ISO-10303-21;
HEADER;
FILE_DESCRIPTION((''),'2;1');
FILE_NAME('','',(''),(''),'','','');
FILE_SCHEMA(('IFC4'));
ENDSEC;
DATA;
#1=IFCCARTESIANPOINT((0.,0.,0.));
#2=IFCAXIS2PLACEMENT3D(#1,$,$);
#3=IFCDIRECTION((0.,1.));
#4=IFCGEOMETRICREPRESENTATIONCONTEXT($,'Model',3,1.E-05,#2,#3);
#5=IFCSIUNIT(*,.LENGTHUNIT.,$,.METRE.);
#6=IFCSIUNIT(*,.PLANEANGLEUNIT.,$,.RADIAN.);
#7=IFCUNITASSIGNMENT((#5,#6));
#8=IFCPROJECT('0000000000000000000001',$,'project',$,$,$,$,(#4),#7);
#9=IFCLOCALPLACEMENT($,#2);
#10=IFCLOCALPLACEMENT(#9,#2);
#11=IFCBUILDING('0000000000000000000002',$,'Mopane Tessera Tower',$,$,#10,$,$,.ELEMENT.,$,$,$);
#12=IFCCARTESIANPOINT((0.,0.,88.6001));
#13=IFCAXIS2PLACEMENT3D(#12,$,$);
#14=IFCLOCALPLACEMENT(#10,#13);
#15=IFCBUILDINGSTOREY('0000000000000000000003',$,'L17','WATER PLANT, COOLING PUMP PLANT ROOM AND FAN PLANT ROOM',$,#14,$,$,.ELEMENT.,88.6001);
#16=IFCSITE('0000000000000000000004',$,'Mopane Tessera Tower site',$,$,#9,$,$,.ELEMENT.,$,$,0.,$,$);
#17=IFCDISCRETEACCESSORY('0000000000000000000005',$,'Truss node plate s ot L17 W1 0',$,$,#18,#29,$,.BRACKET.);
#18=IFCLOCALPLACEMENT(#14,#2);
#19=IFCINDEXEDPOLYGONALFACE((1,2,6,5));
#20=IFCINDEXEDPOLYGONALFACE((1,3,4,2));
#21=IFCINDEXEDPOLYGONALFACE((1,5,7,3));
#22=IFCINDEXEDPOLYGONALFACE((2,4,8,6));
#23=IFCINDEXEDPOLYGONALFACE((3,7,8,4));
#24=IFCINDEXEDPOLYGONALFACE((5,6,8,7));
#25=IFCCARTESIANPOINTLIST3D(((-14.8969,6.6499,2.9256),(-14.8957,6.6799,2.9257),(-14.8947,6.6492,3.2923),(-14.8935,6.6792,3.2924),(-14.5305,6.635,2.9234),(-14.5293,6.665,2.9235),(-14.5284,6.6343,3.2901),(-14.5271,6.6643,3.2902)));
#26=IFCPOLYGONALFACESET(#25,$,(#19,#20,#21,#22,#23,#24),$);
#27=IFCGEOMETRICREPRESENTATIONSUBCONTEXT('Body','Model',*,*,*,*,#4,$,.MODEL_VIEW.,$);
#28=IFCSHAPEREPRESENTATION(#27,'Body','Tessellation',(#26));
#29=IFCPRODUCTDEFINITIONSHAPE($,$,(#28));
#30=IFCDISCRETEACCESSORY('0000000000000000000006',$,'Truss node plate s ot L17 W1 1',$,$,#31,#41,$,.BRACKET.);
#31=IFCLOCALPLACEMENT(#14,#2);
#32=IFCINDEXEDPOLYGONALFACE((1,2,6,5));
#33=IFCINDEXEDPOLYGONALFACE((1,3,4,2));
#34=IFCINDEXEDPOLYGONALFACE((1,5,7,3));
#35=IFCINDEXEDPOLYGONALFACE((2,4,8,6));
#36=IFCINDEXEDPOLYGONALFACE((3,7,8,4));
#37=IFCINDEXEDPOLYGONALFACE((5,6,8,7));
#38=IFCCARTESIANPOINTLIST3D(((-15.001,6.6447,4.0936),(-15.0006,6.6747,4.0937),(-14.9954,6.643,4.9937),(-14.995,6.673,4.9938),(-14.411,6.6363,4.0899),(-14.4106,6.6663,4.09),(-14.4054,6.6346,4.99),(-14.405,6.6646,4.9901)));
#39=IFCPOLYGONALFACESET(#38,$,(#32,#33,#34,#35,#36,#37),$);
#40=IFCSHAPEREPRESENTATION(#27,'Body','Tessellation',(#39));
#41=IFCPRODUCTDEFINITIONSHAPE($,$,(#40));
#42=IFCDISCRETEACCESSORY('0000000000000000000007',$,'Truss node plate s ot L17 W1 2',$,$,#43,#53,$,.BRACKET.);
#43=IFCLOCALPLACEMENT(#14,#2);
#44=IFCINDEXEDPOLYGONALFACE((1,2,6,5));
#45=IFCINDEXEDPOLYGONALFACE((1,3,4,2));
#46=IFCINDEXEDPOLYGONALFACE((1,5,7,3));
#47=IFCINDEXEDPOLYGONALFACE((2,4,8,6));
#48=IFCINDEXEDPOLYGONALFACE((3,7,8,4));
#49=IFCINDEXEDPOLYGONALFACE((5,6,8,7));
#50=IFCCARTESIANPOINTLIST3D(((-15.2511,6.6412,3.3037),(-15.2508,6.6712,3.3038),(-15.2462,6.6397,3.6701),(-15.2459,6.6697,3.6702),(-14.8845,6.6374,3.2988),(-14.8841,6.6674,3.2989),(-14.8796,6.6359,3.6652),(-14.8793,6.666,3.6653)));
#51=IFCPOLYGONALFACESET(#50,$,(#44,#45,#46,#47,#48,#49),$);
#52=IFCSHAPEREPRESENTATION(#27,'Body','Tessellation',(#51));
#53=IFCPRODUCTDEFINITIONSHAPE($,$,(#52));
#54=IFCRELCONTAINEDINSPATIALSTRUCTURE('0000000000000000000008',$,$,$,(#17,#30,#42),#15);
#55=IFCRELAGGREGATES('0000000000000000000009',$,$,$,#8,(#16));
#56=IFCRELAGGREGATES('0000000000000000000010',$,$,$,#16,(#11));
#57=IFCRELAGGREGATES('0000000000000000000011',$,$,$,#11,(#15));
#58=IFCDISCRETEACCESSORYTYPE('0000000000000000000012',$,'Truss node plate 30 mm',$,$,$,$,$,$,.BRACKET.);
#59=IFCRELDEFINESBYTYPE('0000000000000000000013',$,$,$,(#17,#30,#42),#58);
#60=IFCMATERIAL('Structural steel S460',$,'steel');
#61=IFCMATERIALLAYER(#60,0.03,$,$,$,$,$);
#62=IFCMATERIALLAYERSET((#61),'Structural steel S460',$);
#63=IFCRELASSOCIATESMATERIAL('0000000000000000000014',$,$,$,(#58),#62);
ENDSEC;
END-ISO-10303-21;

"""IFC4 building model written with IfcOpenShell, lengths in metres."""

from ifc_helpers import new_model, si_unit, direction, frame, origin, origin_2d, place, context, subcontext, project, spatial, rectangle, extrude, material, layer, layer_set, type_object, element, save


model = new_model("IFC4")

# Units and contexts
model_context = context("Model", 3, precision=1e-05, world=origin(), true_north=direction((0.0, 1.0)))
body_context = subcontext(model_context, "Body", "Model", "MODEL_VIEW")
ifc_project = project(units=[si_unit("LENGTHUNIT", "METRE"), si_unit("PLANEANGLEUNIT", "RADIAN")], contexts=[model_context])

# Site, building, storey
site_placement = place(None, origin())
site = spatial("IfcSite", under=ifc_project, at=site_placement, Name="Mopane Tessera Tower site", CompositionType="ELEMENT", RefElevation=0.0)
building_placement = place(site_placement, origin())
building = spatial("IfcBuilding", under=site, at=building_placement, Name="Mopane Tessera Tower", CompositionType="ELEMENT")
storey_placement = place(building_placement, frame((0.0, 0.0, 88.6001)))
storey = spatial("IfcBuildingStorey", under=building, at=storey_placement, Name="L17", Description="WATER PLANT, COOLING PUMP PLANT ROOM AND FAN PLANT ROOM", CompositionType="ELEMENT", Elevation=88.6001)

# Discrete accessories
ifc_material_1 = material(Name="Structural steel S460", Category="steel")
ifc_layer_1 = layer(ifc_material_1, 0.03)
ifc_layer_set_1 = layer_set([ifc_layer_1], Name="Structural steel S460")
discrete_accessory_type_1 = type_object("IfcDiscreteAccessoryType", Name="Truss node plate 30 mm", PredefinedType="BRACKET", material=ifc_layer_set_1)
discrete_accessory_1_placement = place(storey_placement, frame((-14.7131, 6.6575, 2.9246), z_axis=(0.005992, -0.001997, 0.99998), x_axis=(-0.040582, -0.999175, -0.001753)))
element("IfcDiscreteAccessory", 1, at=discrete_accessory_1_placement, inside=storey, type_object=discrete_accessory_type_1, Name="Truss node plate s ot L17 W1 0", PredefinedType="BRACKET", context=body_context, shape_type="SweptSolid", body=[
    extrude(rectangle(XDim=0.03, YDim=0.3667, at=origin_2d()), origin(), (0.0, 0.0, 1.0), 0.3667),
])
discrete_accessory_2_placement = place(storey_placement, frame((-14.7058, 6.6555, 4.0918), z_axis=(0.006238, -0.001899, 0.999979), x_axis=(-0.014283, -0.999896, -0.001809)))
element("IfcDiscreteAccessory", 2, at=discrete_accessory_2_placement, inside=storey, type_object=discrete_accessory_type_1, Name="Truss node plate s ot L17 W1 1", PredefinedType="BRACKET", context=body_context, shape_type="SweptSolid", body=[
    extrude(rectangle(XDim=0.03, YDim=0.5901, at=origin_2d()), origin(), (0.0, 0.0, 1.0), 0.9001),
])
discrete_accessory_3_placement = place(storey_placement, frame((-15.0676, 6.6543, 3.3013), z_axis=(0.013323, -0.003997, 0.999903), x_axis=(-0.01034, -0.999939, -0.003859)))
element("IfcDiscreteAccessory", 3, at=discrete_accessory_3_placement, inside=storey, type_object=discrete_accessory_type_1, Name="Truss node plate s ot L17 W1 2", PredefinedType="BRACKET", context=body_context, shape_type="SweptSolid", body=[
    extrude(rectangle(XDim=0.03, YDim=0.3667, at=origin_2d()), origin(), (0.0, 0.0, 1.0), 0.3665),
])

save(model, "model.ifc")
